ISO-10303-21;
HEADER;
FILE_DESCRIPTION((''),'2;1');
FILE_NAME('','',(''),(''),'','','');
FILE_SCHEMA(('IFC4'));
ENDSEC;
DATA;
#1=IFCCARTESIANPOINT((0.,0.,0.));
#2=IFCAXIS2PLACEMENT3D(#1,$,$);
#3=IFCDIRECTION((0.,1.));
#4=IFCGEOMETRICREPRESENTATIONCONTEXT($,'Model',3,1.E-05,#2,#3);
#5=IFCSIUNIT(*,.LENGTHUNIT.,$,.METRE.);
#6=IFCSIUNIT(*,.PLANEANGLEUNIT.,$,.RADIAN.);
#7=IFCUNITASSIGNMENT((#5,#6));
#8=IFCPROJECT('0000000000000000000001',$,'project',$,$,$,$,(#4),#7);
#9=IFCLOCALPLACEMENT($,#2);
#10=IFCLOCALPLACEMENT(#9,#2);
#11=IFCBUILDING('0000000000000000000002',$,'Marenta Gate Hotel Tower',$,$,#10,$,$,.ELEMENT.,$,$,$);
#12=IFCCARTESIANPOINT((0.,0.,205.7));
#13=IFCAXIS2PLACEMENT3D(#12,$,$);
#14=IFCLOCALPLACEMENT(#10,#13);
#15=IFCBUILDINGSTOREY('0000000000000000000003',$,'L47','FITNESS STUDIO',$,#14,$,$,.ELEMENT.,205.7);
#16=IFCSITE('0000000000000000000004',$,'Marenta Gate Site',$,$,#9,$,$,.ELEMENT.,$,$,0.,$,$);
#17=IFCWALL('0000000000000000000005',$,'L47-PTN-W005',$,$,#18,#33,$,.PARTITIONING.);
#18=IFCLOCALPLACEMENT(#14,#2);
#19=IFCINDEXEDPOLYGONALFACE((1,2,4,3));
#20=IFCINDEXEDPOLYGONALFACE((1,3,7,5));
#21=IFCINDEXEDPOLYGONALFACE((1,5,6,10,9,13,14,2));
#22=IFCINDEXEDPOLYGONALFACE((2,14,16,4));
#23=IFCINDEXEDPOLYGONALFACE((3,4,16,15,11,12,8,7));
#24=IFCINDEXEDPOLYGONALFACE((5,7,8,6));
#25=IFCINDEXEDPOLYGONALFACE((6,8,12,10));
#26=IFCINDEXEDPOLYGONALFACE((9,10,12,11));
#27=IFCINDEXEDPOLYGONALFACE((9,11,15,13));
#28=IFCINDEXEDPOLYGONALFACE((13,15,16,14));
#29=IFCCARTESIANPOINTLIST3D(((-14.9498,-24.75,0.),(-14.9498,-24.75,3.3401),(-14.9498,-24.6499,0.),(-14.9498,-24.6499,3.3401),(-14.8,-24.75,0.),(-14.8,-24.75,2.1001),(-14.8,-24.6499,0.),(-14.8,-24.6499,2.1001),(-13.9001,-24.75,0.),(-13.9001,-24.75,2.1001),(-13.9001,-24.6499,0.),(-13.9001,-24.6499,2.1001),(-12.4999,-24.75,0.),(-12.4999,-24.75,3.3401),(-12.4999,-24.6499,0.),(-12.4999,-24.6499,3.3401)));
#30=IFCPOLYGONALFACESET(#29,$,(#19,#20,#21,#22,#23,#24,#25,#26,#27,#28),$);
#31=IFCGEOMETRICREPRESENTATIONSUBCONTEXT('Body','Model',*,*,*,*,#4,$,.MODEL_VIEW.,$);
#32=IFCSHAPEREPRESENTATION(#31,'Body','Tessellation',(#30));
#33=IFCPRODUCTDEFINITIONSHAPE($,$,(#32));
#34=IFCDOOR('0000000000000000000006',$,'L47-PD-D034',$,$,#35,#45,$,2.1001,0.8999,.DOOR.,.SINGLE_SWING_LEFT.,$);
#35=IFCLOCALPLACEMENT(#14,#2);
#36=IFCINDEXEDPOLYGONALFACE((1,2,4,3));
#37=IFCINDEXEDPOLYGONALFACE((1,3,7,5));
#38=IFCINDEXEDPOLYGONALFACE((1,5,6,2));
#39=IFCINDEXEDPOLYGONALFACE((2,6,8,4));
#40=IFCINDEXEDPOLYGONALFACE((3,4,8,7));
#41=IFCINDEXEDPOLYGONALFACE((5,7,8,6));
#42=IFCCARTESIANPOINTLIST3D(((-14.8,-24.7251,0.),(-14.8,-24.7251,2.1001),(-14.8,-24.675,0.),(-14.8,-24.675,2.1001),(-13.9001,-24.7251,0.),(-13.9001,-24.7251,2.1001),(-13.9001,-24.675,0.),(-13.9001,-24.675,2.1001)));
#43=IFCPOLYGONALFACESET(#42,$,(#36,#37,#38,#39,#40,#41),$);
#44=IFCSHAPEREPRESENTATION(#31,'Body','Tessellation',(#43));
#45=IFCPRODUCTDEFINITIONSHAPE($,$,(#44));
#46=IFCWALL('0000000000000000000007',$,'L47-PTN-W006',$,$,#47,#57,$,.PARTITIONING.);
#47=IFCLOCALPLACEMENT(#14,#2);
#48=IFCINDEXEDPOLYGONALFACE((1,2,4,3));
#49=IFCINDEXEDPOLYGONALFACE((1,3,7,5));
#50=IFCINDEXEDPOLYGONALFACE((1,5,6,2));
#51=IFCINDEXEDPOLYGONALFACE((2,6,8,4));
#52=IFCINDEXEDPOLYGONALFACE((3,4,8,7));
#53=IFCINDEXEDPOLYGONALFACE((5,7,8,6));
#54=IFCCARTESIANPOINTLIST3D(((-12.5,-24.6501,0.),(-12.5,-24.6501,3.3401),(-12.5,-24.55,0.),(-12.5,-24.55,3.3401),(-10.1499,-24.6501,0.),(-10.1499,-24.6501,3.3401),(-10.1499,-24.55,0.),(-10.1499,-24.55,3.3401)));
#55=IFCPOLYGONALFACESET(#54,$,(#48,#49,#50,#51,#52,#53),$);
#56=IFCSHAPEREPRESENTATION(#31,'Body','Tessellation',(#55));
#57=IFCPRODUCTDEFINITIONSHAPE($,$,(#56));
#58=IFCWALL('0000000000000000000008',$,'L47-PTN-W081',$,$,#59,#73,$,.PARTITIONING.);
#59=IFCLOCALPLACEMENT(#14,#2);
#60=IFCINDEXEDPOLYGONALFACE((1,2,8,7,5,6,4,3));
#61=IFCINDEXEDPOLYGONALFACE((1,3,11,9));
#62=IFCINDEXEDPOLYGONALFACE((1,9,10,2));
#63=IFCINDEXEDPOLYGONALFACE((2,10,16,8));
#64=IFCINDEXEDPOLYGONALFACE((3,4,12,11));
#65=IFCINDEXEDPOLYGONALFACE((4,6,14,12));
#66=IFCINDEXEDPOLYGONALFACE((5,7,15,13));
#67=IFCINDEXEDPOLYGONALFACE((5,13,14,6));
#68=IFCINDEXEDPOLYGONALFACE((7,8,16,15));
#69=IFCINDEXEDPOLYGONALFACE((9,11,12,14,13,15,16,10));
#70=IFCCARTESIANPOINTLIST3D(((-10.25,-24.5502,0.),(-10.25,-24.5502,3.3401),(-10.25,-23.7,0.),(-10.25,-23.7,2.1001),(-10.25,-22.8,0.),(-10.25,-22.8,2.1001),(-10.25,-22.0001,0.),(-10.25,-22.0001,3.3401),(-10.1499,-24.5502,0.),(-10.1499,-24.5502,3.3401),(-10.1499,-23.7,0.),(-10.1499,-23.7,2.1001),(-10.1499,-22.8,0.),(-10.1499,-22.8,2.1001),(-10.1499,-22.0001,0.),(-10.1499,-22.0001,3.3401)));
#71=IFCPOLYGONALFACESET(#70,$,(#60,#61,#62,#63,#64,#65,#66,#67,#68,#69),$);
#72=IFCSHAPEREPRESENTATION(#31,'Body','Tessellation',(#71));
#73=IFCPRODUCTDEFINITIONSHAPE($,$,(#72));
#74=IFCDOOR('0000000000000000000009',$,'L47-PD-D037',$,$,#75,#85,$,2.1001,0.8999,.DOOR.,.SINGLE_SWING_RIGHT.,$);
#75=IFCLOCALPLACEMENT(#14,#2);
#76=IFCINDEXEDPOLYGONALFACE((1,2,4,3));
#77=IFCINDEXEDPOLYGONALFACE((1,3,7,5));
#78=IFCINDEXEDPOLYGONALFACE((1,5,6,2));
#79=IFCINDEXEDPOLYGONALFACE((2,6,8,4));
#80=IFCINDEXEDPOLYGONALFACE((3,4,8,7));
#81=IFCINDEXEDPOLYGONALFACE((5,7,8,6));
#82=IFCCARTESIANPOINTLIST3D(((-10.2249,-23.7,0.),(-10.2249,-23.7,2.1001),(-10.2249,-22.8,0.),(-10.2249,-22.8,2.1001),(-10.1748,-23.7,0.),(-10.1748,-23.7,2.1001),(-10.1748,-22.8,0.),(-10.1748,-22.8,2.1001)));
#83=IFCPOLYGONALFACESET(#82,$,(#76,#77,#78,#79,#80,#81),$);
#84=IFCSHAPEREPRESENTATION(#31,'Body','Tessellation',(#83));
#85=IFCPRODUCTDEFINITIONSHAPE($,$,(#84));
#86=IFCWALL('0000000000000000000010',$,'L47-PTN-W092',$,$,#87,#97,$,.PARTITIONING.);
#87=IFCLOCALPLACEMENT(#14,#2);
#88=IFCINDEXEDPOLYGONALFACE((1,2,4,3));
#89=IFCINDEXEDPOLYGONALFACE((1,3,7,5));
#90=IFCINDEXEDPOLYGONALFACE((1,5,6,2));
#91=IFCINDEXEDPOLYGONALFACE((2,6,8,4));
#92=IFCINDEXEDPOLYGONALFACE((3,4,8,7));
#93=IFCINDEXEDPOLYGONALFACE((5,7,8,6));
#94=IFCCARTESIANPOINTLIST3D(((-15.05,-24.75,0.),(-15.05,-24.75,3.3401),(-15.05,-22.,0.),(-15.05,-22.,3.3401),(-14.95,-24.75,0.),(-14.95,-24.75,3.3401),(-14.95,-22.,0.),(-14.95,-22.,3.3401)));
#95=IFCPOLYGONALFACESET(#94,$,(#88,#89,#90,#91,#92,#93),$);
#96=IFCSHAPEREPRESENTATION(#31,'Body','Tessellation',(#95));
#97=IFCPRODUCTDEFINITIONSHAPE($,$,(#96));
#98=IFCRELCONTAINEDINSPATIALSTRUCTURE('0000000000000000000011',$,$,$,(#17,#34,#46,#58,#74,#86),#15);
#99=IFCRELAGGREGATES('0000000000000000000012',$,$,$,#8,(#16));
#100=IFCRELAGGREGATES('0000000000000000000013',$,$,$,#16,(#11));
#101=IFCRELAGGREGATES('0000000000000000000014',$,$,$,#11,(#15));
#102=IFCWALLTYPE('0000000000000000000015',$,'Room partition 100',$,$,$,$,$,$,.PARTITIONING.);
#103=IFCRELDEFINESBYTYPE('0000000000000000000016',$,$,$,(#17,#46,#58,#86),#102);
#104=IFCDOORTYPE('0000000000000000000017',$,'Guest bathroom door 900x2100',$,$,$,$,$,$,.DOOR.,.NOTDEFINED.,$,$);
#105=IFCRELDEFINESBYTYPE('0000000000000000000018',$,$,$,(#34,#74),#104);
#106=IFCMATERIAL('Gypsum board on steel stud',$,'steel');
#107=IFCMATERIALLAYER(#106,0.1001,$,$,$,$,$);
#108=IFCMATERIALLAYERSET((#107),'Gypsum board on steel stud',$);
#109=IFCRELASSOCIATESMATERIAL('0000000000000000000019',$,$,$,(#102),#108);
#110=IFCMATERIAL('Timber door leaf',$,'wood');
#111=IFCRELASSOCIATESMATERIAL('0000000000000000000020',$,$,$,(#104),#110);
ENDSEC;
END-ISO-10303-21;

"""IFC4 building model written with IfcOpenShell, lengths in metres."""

from ifc_helpers import new_model, si_unit, direction, frame, frame_2d, origin, place, context, subcontext, project, spatial, rectangle, extrude, material, layer, layer_set, type_object, element, fill, save


model = new_model("IFC4")

# Units and contexts
model_context = context("Model", 3, precision=1e-05, world=origin(), true_north=direction((0.0, 1.0)))
body_context = subcontext(model_context, "Body", "Model", "MODEL_VIEW")
ifc_project = project(units=[si_unit("LENGTHUNIT", "METRE"), si_unit("PLANEANGLEUNIT", "RADIAN")], contexts=[model_context])

# Site, building, storey
site_placement = place(None, origin())
site = spatial("IfcSite", under=ifc_project, at=site_placement, Name="Marenta Gate Site", CompositionType="ELEMENT", RefElevation=0.0)
building_placement = place(site_placement, origin())
building = spatial("IfcBuilding", under=site, at=building_placement, Name="Marenta Gate Hotel Tower", CompositionType="ELEMENT")
storey_placement = place(building_placement, frame((0.0, 0.0, 205.7)))
storey = spatial("IfcBuildingStorey", under=building, at=storey_placement, Name="L47", Description="FITNESS STUDIO", CompositionType="ELEMENT", Elevation=205.7)

# Wall, opening, door
ifc_material_1 = material(Name="Gypsum board on steel stud", Category="steel")
ifc_layer_1 = layer(ifc_material_1, 0.1001)
ifc_layer_set_1 = layer_set([ifc_layer_1], Name="Gypsum board on steel stud")
wall_type_1 = type_object("IfcWallType", Name="Room partition 100", PredefinedType="PARTITIONING", material=ifc_layer_set_1)
wall_1_placement = place(storey_placement, frame((-14.95, -24.7, 0.0), z_axis=(0.0, 0.0, 1.0), x_axis=(1.0, 0.0, 0.0)))
wall_1 = element("IfcWall", 1, at=wall_1_placement, inside=storey, type_object=wall_type_1, Name="L47-PTN-W005", PredefinedType="PARTITIONING", context=body_context, shape_type="SweptSolid", body=[
    extrude(rectangle(XDim=2.45, YDim=0.1001, at=frame_2d((1.2251, 0.0))), origin(), (0.0, 0.0, 1.0), 3.3401),
])
opening_1_placement = place(wall_1_placement, frame((0.1499, 0.0, 0.0)))
opening_1 = element("IfcOpeningElement", 2, at=opening_1_placement, cuts=wall_1, PredefinedType="OPENING", context=body_context, shape_type="SweptSolid", body=[
    extrude(rectangle(XDim=0.8999, YDim=2.1001, at=frame_2d((0.45, 1.05))), frame((0.0, 0.05, 0.0), z_axis=(0.0, -1.0, 0.0), x_axis=(1.0, 0.0, 0.0)), (0.0, 0.0, 1.0), 0.1001),
])
ifc_material_2 = material(Name="Timber door leaf", Category="wood")
door_type_1 = type_object("IfcDoorType", Name="Guest bathroom door 900x2100", OperationType="NOTDEFINED", PredefinedType="DOOR", material=ifc_material_2)
door_1_placement = place(opening_1_placement, origin())
door_1 = element("IfcDoor", 3, at=door_1_placement, inside=storey, type_object=door_type_1, Name="L47-PD-D034", OperationType="SINGLE_SWING_LEFT", OverallHeight=2.1001, OverallWidth=0.8999, PredefinedType="DOOR", context=body_context, shape_type="SweptSolid", body=[
    extrude(rectangle(XDim=0.8999, YDim=2.1001, at=frame_2d((0.45, 1.05))), frame((0.0, 0.0249, 0.0), z_axis=(0.0, -1.0, 0.0), x_axis=(1.0, 0.0, 0.0)), (0.0, 0.0, 1.0), 0.05),
])
fill(opening_1, door_1)

# Wall
wall_2_placement = place(storey_placement, frame((-12.5, -24.6001, 0.0), z_axis=(0.0, 0.0, 1.0), x_axis=(1.0, 0.0, 0.0)))
element("IfcWall", 4, at=wall_2_placement, inside=storey, type_object=wall_type_1, Name="L47-PTN-W006", PredefinedType="PARTITIONING", context=body_context, shape_type="SweptSolid", body=[
    extrude(rectangle(XDim=2.3501, YDim=0.1001, at=frame_2d((1.175, 0.0))), origin(), (0.0, 0.0, 1.0), 3.3401),
])

# Wall, opening, door
wall_3_placement = place(storey_placement, frame((-10.2, -24.55, 0.0), z_axis=(0.0, 0.0, 1.0), x_axis=(0.0, 1.0, 0.0)))
wall_3 = element("IfcWall", 5, at=wall_3_placement, inside=storey, type_object=wall_type_1, Name="L47-PTN-W081", PredefinedType="PARTITIONING", context=body_context, shape_type="SweptSolid", body=[
    extrude(rectangle(XDim=2.55, YDim=0.1001, at=frame_2d((1.2749, 0.0))), origin(), (0.0, 0.0, 1.0), 3.3401),
])
opening_2_placement = place(wall_3_placement, frame((0.8501, 0.0, 0.0)))
opening_2 = element("IfcOpeningElement", 6, at=opening_2_placement, cuts=wall_3, PredefinedType="OPENING", context=body_context, shape_type="SweptSolid", body=[
    extrude(rectangle(XDim=0.8999, YDim=2.1001, at=frame_2d((0.45, 1.05))), frame((0.0, 0.05, 0.0), z_axis=(0.0, -1.0, 0.0), x_axis=(1.0, 0.0, 0.0)), (0.0, 0.0, 1.0), 0.1001),
])
door_2_placement = place(opening_2_placement, origin())
door_2 = element("IfcDoor", 7, at=door_2_placement, inside=storey, type_object=door_type_1, Name="L47-PD-D037", OperationType="SINGLE_SWING_RIGHT", OverallHeight=2.1001, OverallWidth=0.8999, PredefinedType="DOOR", context=body_context, shape_type="SweptSolid", body=[
    extrude(rectangle(XDim=0.8999, YDim=2.1001, at=frame_2d((0.45, 1.05))), frame((0.0, 0.0249, 0.0), z_axis=(0.0, -1.0, 0.0), x_axis=(1.0, 0.0, 0.0)), (0.0, 0.0, 1.0), 0.05),
])
fill(opening_2, door_2)

# Wall
wall_4_placement = place(storey_placement, frame((-15.0, -24.75, 0.0), z_axis=(0.0, 0.0, 1.0), x_axis=(0.0, 1.0, 0.0)))
element("IfcWall", 8, at=wall_4_placement, inside=storey, type_object=wall_type_1, Name="L47-PTN-W092", PredefinedType="PARTITIONING", context=body_context, shape_type="SweptSolid", body=[
    extrude(rectangle(XDim=2.75, YDim=0.1001, at=frame_2d((1.375, 0.0))), origin(), (0.0, 0.0, 1.0), 3.3401),
])

save(model, "model.ifc")
